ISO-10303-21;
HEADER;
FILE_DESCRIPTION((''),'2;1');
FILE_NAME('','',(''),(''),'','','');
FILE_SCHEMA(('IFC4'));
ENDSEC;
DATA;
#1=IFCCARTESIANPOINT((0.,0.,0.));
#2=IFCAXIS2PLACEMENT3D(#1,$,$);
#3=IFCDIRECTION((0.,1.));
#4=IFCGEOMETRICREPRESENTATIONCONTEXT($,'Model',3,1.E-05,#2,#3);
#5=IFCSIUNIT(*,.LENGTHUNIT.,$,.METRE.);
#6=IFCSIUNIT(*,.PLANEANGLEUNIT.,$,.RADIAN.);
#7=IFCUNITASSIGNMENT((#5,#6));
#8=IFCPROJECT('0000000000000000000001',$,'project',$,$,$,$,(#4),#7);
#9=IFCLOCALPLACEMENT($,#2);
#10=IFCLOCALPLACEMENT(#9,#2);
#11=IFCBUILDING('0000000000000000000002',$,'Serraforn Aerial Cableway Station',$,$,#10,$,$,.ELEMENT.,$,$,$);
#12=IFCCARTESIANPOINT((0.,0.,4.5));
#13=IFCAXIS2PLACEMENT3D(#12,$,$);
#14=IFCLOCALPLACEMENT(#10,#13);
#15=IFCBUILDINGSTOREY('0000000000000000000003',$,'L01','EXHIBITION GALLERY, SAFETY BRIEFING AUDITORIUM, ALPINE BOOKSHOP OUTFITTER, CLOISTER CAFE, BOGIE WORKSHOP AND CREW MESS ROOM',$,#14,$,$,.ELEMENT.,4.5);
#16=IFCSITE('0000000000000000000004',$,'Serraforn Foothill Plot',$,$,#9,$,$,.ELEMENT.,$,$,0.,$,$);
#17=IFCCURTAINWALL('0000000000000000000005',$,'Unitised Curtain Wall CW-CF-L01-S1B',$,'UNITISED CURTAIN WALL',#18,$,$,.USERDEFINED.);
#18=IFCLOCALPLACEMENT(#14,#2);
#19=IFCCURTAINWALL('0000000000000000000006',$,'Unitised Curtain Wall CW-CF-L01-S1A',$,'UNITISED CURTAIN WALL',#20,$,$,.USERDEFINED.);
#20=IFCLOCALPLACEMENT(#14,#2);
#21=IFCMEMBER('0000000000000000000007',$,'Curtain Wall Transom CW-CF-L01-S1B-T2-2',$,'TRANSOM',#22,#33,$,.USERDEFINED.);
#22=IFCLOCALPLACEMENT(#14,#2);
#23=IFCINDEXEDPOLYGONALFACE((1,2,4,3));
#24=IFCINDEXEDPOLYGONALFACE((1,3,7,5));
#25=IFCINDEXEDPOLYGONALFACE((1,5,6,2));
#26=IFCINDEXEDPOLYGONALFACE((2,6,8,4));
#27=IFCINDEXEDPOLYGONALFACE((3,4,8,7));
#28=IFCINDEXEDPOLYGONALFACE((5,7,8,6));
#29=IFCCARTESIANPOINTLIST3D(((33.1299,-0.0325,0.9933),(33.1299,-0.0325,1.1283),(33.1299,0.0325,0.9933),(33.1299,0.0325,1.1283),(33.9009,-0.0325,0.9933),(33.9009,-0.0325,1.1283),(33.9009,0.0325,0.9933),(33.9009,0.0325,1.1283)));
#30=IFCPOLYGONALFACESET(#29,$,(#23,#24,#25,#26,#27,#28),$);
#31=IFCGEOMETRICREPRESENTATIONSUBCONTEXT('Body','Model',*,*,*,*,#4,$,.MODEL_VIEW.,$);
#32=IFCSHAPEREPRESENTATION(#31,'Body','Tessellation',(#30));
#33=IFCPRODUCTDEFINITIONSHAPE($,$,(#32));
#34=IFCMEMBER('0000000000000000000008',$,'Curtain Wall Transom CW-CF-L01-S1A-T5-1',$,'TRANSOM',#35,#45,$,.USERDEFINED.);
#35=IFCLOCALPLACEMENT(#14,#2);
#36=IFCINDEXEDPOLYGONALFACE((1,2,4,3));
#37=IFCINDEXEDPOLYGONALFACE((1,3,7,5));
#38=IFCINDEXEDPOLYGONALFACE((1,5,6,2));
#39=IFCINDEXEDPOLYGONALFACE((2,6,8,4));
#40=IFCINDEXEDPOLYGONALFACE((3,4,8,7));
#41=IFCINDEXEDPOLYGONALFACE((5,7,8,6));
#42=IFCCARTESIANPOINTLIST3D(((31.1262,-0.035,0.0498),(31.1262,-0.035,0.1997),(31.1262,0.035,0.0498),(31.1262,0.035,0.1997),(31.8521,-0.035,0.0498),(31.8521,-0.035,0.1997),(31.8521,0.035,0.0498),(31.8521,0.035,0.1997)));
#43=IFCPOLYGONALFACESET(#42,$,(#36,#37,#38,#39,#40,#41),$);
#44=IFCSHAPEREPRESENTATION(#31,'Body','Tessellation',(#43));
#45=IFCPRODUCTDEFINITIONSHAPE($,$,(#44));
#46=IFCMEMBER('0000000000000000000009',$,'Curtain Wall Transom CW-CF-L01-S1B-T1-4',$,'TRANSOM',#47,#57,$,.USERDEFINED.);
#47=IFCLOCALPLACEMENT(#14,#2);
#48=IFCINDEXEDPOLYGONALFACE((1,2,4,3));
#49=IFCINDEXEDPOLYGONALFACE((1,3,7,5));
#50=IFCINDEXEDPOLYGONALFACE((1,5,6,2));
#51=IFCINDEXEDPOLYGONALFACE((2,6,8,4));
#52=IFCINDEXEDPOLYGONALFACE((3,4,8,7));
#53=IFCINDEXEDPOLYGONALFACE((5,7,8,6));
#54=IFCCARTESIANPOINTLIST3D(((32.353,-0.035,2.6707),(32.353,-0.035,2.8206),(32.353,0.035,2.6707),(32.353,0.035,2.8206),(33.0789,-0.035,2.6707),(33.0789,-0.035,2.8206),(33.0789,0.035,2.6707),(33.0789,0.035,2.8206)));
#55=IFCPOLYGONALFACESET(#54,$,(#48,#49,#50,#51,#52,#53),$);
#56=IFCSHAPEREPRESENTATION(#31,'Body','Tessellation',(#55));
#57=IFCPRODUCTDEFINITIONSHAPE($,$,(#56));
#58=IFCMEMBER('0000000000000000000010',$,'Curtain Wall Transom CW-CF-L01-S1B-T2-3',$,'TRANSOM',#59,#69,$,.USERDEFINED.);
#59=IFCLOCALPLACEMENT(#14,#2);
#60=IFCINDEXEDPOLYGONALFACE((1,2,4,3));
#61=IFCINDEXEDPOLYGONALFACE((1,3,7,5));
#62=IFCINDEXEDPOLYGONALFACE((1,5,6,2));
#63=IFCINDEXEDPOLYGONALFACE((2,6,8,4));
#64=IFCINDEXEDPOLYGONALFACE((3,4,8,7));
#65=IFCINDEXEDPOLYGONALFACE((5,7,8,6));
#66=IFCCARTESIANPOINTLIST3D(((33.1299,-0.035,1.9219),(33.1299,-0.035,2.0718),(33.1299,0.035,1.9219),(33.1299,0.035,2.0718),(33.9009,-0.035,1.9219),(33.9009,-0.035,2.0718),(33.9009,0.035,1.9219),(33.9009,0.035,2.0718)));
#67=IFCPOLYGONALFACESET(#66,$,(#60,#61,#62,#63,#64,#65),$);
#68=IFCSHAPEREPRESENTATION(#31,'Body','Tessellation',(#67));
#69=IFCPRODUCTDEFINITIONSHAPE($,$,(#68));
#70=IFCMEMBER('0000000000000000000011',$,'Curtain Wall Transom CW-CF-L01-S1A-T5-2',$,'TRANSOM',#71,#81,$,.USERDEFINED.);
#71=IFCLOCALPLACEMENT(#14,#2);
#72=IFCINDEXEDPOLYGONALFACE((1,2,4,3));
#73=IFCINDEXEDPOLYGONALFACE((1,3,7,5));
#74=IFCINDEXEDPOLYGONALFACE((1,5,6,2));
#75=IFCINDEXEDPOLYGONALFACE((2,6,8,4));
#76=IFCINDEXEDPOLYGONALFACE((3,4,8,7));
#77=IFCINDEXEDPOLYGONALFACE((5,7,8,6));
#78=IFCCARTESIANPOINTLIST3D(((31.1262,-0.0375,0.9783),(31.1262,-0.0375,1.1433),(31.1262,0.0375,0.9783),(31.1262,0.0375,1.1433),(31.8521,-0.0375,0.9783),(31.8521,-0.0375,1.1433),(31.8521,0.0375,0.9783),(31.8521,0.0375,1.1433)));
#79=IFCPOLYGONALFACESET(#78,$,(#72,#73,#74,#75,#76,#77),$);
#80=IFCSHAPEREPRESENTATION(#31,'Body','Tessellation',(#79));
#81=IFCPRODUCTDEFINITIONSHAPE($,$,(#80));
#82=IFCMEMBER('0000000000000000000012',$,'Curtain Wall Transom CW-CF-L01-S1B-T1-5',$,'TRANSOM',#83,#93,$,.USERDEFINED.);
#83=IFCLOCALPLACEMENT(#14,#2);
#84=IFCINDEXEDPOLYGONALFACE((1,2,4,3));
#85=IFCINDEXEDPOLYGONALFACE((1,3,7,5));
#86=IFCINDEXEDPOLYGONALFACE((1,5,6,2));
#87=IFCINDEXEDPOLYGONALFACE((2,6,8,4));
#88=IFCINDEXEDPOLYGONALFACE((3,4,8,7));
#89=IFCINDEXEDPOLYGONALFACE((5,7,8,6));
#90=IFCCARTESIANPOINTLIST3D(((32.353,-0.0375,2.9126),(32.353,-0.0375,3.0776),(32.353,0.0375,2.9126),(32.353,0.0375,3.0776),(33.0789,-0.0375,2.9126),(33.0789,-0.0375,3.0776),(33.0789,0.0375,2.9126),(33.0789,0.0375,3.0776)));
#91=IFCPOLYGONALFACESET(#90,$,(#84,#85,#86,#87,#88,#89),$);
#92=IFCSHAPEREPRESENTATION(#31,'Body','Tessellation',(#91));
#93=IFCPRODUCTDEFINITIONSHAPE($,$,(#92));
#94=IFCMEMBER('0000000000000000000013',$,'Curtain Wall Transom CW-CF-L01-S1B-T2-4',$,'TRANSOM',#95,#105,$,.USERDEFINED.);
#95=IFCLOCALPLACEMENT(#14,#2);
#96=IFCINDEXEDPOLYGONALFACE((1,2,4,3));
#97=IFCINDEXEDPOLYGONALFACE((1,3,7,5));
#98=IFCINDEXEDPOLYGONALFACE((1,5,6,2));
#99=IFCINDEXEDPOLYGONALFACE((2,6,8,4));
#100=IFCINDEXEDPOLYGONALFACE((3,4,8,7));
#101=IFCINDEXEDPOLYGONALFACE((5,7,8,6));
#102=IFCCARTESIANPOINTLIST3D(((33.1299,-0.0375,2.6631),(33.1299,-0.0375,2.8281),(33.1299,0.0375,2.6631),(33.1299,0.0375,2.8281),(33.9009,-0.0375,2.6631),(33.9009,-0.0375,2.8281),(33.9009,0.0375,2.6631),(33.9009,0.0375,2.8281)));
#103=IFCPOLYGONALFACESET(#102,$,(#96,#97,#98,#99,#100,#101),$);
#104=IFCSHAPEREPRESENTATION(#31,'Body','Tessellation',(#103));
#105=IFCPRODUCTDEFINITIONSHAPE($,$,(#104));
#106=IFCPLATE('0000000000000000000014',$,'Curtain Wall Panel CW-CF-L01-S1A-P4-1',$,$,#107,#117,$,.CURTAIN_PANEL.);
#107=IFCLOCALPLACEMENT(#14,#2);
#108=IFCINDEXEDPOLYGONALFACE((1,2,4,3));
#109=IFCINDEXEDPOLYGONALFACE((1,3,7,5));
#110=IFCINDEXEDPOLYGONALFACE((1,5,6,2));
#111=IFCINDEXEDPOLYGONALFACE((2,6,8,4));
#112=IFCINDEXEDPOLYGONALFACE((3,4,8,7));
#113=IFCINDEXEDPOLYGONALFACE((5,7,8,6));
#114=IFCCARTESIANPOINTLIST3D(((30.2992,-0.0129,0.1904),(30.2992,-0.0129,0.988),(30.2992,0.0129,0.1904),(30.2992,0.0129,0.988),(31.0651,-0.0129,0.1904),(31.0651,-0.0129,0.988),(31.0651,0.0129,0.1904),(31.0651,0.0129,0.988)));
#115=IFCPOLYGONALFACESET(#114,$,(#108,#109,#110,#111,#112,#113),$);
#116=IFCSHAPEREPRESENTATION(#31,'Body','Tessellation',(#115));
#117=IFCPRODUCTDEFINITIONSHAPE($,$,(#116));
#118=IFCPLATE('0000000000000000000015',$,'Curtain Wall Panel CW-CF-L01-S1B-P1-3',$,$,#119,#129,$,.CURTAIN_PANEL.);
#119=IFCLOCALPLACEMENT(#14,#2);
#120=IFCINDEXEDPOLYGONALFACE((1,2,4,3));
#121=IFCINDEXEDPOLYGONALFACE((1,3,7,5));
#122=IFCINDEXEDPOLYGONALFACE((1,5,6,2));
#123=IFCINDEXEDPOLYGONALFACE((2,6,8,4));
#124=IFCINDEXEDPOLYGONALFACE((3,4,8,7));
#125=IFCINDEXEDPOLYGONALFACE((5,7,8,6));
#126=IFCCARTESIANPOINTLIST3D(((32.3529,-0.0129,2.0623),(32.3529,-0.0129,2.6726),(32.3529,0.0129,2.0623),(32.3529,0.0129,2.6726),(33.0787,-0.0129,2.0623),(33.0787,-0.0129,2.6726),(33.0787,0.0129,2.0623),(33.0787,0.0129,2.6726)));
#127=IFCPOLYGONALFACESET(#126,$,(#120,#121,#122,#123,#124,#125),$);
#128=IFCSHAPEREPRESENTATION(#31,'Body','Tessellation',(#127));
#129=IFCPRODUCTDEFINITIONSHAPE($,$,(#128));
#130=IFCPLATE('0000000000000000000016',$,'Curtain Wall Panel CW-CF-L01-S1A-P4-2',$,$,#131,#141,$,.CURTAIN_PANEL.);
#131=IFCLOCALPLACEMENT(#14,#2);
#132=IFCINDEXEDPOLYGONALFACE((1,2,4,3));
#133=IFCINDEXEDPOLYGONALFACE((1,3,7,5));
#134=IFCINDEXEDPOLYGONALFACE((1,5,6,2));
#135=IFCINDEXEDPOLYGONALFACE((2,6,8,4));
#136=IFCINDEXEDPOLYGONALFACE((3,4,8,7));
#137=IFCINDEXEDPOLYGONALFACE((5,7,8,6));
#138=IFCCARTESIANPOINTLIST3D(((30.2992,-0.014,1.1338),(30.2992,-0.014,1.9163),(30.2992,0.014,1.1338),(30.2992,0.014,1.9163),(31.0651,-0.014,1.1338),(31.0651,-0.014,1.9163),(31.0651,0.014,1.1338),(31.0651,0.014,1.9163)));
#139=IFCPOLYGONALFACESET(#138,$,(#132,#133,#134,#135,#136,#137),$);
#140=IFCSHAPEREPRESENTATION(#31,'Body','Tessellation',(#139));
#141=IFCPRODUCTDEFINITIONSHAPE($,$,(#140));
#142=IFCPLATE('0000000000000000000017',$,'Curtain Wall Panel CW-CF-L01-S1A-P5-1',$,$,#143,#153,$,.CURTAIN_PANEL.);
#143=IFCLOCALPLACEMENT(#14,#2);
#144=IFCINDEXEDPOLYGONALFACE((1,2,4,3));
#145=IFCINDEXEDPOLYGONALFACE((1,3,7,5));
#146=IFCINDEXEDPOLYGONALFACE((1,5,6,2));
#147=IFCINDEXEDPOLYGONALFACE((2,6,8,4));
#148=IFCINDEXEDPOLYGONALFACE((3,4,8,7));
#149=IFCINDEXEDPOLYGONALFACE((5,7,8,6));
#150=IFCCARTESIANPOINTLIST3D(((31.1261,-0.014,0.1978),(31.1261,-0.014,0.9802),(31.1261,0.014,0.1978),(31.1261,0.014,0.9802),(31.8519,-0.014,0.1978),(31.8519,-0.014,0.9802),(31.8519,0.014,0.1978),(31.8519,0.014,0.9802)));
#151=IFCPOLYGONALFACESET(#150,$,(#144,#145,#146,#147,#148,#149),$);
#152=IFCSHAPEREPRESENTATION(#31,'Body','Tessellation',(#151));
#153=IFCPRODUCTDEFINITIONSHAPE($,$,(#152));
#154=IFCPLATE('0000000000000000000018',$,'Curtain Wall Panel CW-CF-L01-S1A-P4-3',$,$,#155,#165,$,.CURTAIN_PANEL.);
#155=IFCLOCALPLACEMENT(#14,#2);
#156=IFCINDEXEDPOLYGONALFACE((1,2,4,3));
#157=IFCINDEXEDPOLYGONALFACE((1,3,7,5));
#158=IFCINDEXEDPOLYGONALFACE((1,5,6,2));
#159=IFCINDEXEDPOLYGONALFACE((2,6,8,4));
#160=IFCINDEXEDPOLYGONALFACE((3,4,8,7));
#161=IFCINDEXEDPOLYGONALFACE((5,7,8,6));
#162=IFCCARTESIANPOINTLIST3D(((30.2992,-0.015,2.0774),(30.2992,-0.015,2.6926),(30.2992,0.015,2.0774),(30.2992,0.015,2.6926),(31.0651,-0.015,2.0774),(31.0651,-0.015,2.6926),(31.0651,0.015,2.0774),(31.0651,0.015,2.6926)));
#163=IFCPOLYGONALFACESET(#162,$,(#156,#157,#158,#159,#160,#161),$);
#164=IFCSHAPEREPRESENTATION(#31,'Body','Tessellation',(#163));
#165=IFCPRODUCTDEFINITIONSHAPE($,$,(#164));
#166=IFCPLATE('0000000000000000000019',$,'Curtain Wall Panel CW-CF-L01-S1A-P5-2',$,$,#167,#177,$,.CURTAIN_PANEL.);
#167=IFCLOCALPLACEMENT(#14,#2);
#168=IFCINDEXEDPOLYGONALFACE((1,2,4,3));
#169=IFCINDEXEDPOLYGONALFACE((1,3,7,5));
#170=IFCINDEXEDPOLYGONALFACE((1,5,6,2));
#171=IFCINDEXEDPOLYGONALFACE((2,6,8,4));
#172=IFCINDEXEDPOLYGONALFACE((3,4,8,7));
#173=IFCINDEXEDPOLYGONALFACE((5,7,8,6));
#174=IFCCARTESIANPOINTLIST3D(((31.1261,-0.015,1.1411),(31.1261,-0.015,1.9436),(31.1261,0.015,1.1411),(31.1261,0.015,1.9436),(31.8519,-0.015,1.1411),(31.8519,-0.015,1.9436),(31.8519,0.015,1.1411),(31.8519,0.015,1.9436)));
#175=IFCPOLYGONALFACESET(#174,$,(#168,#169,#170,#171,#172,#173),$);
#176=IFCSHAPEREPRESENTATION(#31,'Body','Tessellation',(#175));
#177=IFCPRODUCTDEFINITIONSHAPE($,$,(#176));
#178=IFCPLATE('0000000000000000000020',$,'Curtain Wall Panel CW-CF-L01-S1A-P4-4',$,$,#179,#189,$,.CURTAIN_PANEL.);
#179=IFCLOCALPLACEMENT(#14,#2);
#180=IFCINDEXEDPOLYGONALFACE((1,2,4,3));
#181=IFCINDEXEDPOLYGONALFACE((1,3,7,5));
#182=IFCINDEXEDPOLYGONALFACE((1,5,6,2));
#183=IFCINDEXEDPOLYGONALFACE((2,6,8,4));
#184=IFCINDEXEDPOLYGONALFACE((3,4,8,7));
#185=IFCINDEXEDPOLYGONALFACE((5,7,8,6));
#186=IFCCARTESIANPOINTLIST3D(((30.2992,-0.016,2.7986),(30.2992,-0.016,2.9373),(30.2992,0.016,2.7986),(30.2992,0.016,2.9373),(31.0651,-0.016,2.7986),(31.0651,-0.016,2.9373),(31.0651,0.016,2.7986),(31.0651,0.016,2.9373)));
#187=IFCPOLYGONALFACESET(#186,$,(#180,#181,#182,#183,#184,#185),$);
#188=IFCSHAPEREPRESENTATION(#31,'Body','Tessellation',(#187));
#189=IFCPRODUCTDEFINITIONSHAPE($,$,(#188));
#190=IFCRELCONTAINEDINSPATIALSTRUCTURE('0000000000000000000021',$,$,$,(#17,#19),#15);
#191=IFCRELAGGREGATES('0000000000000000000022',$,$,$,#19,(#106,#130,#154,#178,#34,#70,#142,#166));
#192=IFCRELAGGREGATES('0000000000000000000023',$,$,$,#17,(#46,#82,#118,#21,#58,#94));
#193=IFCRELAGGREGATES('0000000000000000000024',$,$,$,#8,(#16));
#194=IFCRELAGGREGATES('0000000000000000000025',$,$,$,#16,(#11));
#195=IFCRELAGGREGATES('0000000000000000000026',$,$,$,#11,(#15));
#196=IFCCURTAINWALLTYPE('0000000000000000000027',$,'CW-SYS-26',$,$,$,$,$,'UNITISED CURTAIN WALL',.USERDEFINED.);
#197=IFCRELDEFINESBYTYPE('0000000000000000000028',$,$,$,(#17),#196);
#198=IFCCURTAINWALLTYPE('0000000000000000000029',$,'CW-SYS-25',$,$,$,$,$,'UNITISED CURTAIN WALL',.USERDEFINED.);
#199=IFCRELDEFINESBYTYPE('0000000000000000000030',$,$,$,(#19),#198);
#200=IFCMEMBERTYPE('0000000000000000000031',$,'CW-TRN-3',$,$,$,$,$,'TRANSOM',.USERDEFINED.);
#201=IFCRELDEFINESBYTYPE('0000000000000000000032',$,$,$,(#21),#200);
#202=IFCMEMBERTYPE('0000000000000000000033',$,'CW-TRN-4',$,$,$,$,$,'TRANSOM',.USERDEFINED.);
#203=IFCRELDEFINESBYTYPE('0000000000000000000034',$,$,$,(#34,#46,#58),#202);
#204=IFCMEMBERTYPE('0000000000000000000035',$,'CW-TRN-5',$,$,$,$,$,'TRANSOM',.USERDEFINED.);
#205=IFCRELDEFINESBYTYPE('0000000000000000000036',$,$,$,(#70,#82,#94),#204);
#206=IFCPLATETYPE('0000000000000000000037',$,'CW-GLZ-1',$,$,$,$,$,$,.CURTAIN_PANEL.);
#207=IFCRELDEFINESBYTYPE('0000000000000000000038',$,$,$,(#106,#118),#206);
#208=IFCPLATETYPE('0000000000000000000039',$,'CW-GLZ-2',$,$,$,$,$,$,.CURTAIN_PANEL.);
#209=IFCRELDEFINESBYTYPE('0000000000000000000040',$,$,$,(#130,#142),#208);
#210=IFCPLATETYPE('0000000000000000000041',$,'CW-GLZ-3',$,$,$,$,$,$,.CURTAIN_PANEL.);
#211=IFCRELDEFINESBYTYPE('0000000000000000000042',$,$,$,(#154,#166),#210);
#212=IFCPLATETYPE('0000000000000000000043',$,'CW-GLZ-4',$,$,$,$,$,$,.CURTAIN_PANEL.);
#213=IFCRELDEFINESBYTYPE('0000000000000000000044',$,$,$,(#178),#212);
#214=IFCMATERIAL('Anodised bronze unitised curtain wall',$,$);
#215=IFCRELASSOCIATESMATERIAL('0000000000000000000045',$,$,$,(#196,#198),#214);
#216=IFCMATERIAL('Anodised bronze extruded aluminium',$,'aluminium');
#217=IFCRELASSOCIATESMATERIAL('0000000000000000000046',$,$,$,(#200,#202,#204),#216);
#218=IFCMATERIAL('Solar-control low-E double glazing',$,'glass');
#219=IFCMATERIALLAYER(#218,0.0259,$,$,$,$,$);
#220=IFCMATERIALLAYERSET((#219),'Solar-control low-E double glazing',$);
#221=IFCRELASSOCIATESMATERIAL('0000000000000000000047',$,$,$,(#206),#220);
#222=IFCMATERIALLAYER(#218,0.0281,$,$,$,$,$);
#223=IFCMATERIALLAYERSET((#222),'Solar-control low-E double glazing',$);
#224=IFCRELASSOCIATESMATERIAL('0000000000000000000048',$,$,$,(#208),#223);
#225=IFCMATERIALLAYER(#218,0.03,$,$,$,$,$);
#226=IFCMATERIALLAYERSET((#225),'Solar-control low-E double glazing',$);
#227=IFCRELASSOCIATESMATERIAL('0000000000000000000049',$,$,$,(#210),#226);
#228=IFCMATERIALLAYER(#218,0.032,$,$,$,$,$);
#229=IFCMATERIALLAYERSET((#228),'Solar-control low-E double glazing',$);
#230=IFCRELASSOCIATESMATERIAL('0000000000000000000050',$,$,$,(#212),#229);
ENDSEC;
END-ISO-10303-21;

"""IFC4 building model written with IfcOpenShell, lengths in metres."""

from ifc_helpers import new_model, si_unit, direction, frame, origin, origin_2d, place, context, subcontext, project, spatial, rectangle, extrude, material, layer, layer_set, material_profile, profile_set, type_object, element, aggregate, save


model = new_model("IFC4")

# Units and contexts
model_context = context("Model", 3, precision=1e-05, world=origin(), true_north=direction((0.0, 1.0)))
body_context = subcontext(model_context, "Body", "Model", "MODEL_VIEW")
ifc_project = project(units=[si_unit("LENGTHUNIT", "METRE"), si_unit("PLANEANGLEUNIT", "RADIAN")], contexts=[model_context])

# Site, building, storey
site_placement = place(None, origin())
site = spatial("IfcSite", under=ifc_project, at=site_placement, Name="Serraforn Foothill Plot", CompositionType="ELEMENT", RefElevation=0.0)
building_placement = place(site_placement, origin())
building = spatial("IfcBuilding", under=site, at=building_placement, Name="Serraforn Aerial Cableway Station", CompositionType="ELEMENT")
storey_placement = place(building_placement, frame((0.0, 0.0, 4.5)))
storey = spatial("IfcBuildingStorey", under=building, at=storey_placement, Name="L01", Description="EXHIBITION GALLERY, SAFETY BRIEFING AUDITORIUM, ALPINE BOOKSHOP OUTFITTER, CLOISTER CAFE, BOGIE WORKSHOP AND CREW MESS ROOM", CompositionType="ELEMENT", Elevation=4.5)

# Curtain wall
ifc_material_1 = material(Name="Anodised bronze unitised curtain wall")
curtain_wall_type_1 = type_object("IfcCurtainWallType", Name="CW-SYS-26", ElementType="UNITISED CURTAIN WALL", PredefinedType="USERDEFINED", material=ifc_material_1)
curtain_wall_1_placement = place(storey_placement, origin())
curtain_wall_1 = element("IfcCurtainWall", 1, at=curtain_wall_1_placement, inside=storey, type_object=curtain_wall_type_1, Name="Unitised Curtain Wall CW-CF-L01-S1B", ObjectType="UNITISED CURTAIN WALL", PredefinedType="USERDEFINED")
ifc_material_2 = material(Name="Anodised bronze extruded aluminium", Category="aluminium")

# Curtain wall
curtain_wall_type_2 = type_object("IfcCurtainWallType", Name="CW-SYS-25", ElementType="UNITISED CURTAIN WALL", PredefinedType="USERDEFINED", material=ifc_material_1)
curtain_wall_2_placement = place(storey_placement, origin())
curtain_wall_2 = element("IfcCurtainWall", 2, at=curtain_wall_2_placement, inside=storey, type_object=curtain_wall_type_2, Name="Unitised Curtain Wall CW-CF-L01-S1A", ObjectType="UNITISED CURTAIN WALL", PredefinedType="USERDEFINED")

# Members
ifc_material_profile_1 = material_profile(ifc_material_2, rectangle(XDim=0.0649, YDim=0.135, at=origin_2d()), Name="CW TRANSOM 65x135")
ifc_profile_set_1 = profile_set([ifc_material_profile_1], Name="Anodised bronze extruded aluminium")
member_type_1 = type_object("IfcMemberType", Name="CW-TRN-3", ElementType="TRANSOM", PredefinedType="USERDEFINED", material=ifc_profile_set_1)
member_1_placement = place(storey_placement, frame((33.1299, 0.0, 1.0608), z_axis=(1.0, 0.0, 0.0), x_axis=(0.0, 1.0, 0.0)))
member_1 = element("IfcMember", 3, at=member_1_placement, type_object=member_type_1, Name="Curtain Wall Transom CW-CF-L01-S1B-T2-2", ObjectType="TRANSOM", PredefinedType="USERDEFINED", context=body_context, shape_type="SweptSolid", body=[
    extrude(rectangle(XDim=0.0649, YDim=0.135, at=origin_2d()), origin(), (0.0, 0.0, 1.0), 0.771),
])
ifc_material_profile_2 = material_profile(ifc_material_2, rectangle(XDim=0.0701, YDim=0.1499, at=origin_2d()), Name="CW TRANSOM 70x150")
ifc_profile_set_2 = profile_set([ifc_material_profile_2], Name="Anodised bronze extruded aluminium")
member_type_2 = type_object("IfcMemberType", Name="CW-TRN-4", ElementType="TRANSOM", PredefinedType="USERDEFINED", material=ifc_profile_set_2)
member_2_placement = place(storey_placement, frame((31.1262, 0.0, 0.1248), z_axis=(1.0, 0.0, 0.0), x_axis=(0.0, 1.0, 0.0)))
member_2 = element("IfcMember", 4, at=member_2_placement, type_object=member_type_2, Name="Curtain Wall Transom CW-CF-L01-S1A-T5-1", ObjectType="TRANSOM", PredefinedType="USERDEFINED", context=body_context, shape_type="SweptSolid", body=[
    extrude(rectangle(XDim=0.0701, YDim=0.1499, at=origin_2d()), origin(), (0.0, 0.0, 1.0), 0.7258),
])
member_3_placement = place(storey_placement, frame((32.353, 0.0, 2.7456), z_axis=(1.0, 0.0, 0.0), x_axis=(0.0, 1.0, 0.0)))
member_3 = element("IfcMember", 5, at=member_3_placement, type_object=member_type_2, Name="Curtain Wall Transom CW-CF-L01-S1B-T1-4", ObjectType="TRANSOM", PredefinedType="USERDEFINED", context=body_context, shape_type="SweptSolid", body=[
    extrude(rectangle(XDim=0.0701, YDim=0.1499, at=origin_2d()), origin(), (0.0, 0.0, 1.0), 0.7258),
])
member_4_placement = place(storey_placement, frame((33.1299, 0.0, 1.9968), z_axis=(1.0, 0.0, 0.0), x_axis=(0.0, 1.0, 0.0)))
member_4 = element("IfcMember", 6, at=member_4_placement, type_object=member_type_2, Name="Curtain Wall Transom CW-CF-L01-S1B-T2-3", ObjectType="TRANSOM", PredefinedType="USERDEFINED", context=body_context, shape_type="SweptSolid", body=[
    extrude(rectangle(XDim=0.0701, YDim=0.1499, at=origin_2d()), origin(), (0.0, 0.0, 1.0), 0.771),
])
ifc_material_profile_3 = material_profile(ifc_material_2, rectangle(XDim=0.075, YDim=0.165, at=origin_2d()), Name="CW TRANSOM 75x165")
ifc_profile_set_3 = profile_set([ifc_material_profile_3], Name="Anodised bronze extruded aluminium")
member_type_3 = type_object("IfcMemberType", Name="CW-TRN-5", ElementType="TRANSOM", PredefinedType="USERDEFINED", material=ifc_profile_set_3)
member_5_placement = place(storey_placement, frame((31.1262, 0.0, 1.0608), z_axis=(1.0, 0.0, 0.0), x_axis=(0.0, 1.0, 0.0)))
member_5 = element("IfcMember", 7, at=member_5_placement, type_object=member_type_3, Name="Curtain Wall Transom CW-CF-L01-S1A-T5-2", ObjectType="TRANSOM", PredefinedType="USERDEFINED", context=body_context, shape_type="SweptSolid", body=[
    extrude(rectangle(XDim=0.075, YDim=0.165, at=origin_2d()), origin(), (0.0, 0.0, 1.0), 0.7258),
])
member_6_placement = place(storey_placement, frame((32.353, 0.0, 2.9951), z_axis=(1.0, 0.0, 0.0), x_axis=(0.0, 1.0, 0.0)))
member_6 = element("IfcMember", 8, at=member_6_placement, type_object=member_type_3, Name="Curtain Wall Transom CW-CF-L01-S1B-T1-5", ObjectType="TRANSOM", PredefinedType="USERDEFINED", context=body_context, shape_type="SweptSolid", body=[
    extrude(rectangle(XDim=0.075, YDim=0.165, at=origin_2d()), origin(), (0.0, 0.0, 1.0), 0.7258),
])
member_7_placement = place(storey_placement, frame((33.1299, 0.0, 2.7456), z_axis=(1.0, 0.0, 0.0), x_axis=(0.0, 1.0, 0.0)))
member_7 = element("IfcMember", 9, at=member_7_placement, type_object=member_type_3, Name="Curtain Wall Transom CW-CF-L01-S1B-T2-4", ObjectType="TRANSOM", PredefinedType="USERDEFINED", context=body_context, shape_type="SweptSolid", body=[
    extrude(rectangle(XDim=0.075, YDim=0.165, at=origin_2d()), origin(), (0.0, 0.0, 1.0), 0.771),
])

# Plates
ifc_material_3 = material(Name="Solar-control low-E double glazing", Category="glass")
ifc_layer_1 = layer(ifc_material_3, 0.0259)
ifc_layer_set_1 = layer_set([ifc_layer_1], Name="Solar-control low-E double glazing")
plate_type_1 = type_object("IfcPlateType", Name="CW-GLZ-1", PredefinedType="CURTAIN_PANEL", material=ifc_layer_set_1)
plate_1_placement = place(storey_placement, frame((30.6821, 0.0, 0.1904), z_axis=(0.0, 0.0, 1.0), x_axis=(1.0, 0.0, 0.0)))
plate_1 = element("IfcPlate", 10, at=plate_1_placement, type_object=plate_type_1, Name="Curtain Wall Panel CW-CF-L01-S1A-P4-1", PredefinedType="CURTAIN_PANEL", context=body_context, shape_type="SweptSolid", body=[
    extrude(rectangle(XDim=0.7659, YDim=0.0259, at=origin_2d()), origin(), (0.0, 0.0, 1.0), 0.7976),
])
plate_2_placement = place(storey_placement, frame((32.7158, 0.0, 2.0623), z_axis=(0.0, 0.0, 1.0), x_axis=(1.0, 0.0, 0.0)))
plate_2 = element("IfcPlate", 11, at=plate_2_placement, type_object=plate_type_1, Name="Curtain Wall Panel CW-CF-L01-S1B-P1-3", PredefinedType="CURTAIN_PANEL", context=body_context, shape_type="SweptSolid", body=[
    extrude(rectangle(XDim=0.7258, YDim=0.0259, at=origin_2d()), origin(), (0.0, 0.0, 1.0), 0.6104),
])
ifc_layer_2 = layer(ifc_material_3, 0.0281)
ifc_layer_set_2 = layer_set([ifc_layer_2], Name="Solar-control low-E double glazing")
plate_type_2 = type_object("IfcPlateType", Name="CW-GLZ-2", PredefinedType="CURTAIN_PANEL", material=ifc_layer_set_2)
plate_3_placement = place(storey_placement, frame((30.6821, 0.0, 1.1338), z_axis=(0.0, 0.0, 1.0), x_axis=(1.0, 0.0, 0.0)))
plate_3 = element("IfcPlate", 12, at=plate_3_placement, type_object=plate_type_2, Name="Curtain Wall Panel CW-CF-L01-S1A-P4-2", PredefinedType="CURTAIN_PANEL", context=body_context, shape_type="SweptSolid", body=[
    extrude(rectangle(XDim=0.7659, YDim=0.0281, at=origin_2d()), origin(), (0.0, 0.0, 1.0), 0.7825),
])
plate_4_placement = place(storey_placement, frame((31.489, 0.0, 0.1978), z_axis=(0.0, 0.0, 1.0), x_axis=(1.0, 0.0, 0.0)))
plate_4 = element("IfcPlate", 13, at=plate_4_placement, type_object=plate_type_2, Name="Curtain Wall Panel CW-CF-L01-S1A-P5-1", PredefinedType="CURTAIN_PANEL", context=body_context, shape_type="SweptSolid", body=[
    extrude(rectangle(XDim=0.7258, YDim=0.0281, at=origin_2d()), origin(), (0.0, 0.0, 1.0), 0.7825),
])
ifc_layer_3 = layer(ifc_material_3, 0.03)
ifc_layer_set_3 = layer_set([ifc_layer_3], Name="Solar-control low-E double glazing")
plate_type_3 = type_object("IfcPlateType", Name="CW-GLZ-3", PredefinedType="CURTAIN_PANEL", material=ifc_layer_set_3)
plate_5_placement = place(storey_placement, frame((30.6821, 0.0, 2.0774), z_axis=(0.0, 0.0, 1.0), x_axis=(1.0, 0.0, 0.0)))
plate_5 = element("IfcPlate", 14, at=plate_5_placement, type_object=plate_type_3, Name="Curtain Wall Panel CW-CF-L01-S1A-P4-3", PredefinedType="CURTAIN_PANEL", context=body_context, shape_type="SweptSolid", body=[
    extrude(rectangle(XDim=0.7659, YDim=0.03, at=origin_2d()), origin(), (0.0, 0.0, 1.0), 0.6152),
])
plate_6_placement = place(storey_placement, frame((31.489, 0.0, 1.1411), z_axis=(0.0, 0.0, 1.0), x_axis=(1.0, 0.0, 0.0)))
plate_6 = element("IfcPlate", 15, at=plate_6_placement, type_object=plate_type_3, Name="Curtain Wall Panel CW-CF-L01-S1A-P5-2", PredefinedType="CURTAIN_PANEL", context=body_context, shape_type="SweptSolid", body=[
    extrude(rectangle(XDim=0.7258, YDim=0.03, at=origin_2d()), origin(), (0.0, 0.0, 1.0), 0.8025),
])
ifc_layer_4 = layer(ifc_material_3, 0.032)
ifc_layer_set_4 = layer_set([ifc_layer_4], Name="Solar-control low-E double glazing")
plate_type_4 = type_object("IfcPlateType", Name="CW-GLZ-4", PredefinedType="CURTAIN_PANEL", material=ifc_layer_set_4)
plate_7_placement = place(storey_placement, frame((30.6821, 0.0, 2.7986), z_axis=(0.0, 0.0, 1.0), x_axis=(1.0, 0.0, 0.0)))
plate_7 = element("IfcPlate", 16, at=plate_7_placement, type_object=plate_type_4, Name="Curtain Wall Panel CW-CF-L01-S1A-P4-4", PredefinedType="CURTAIN_PANEL", context=body_context, shape_type="SweptSolid", body=[
    extrude(rectangle(XDim=0.7659, YDim=0.032, at=origin_2d()), origin(), (0.0, 0.0, 1.0), 0.1387),
])
aggregate(curtain_wall_2, [plate_1, plate_3, plate_5, plate_7, member_2, member_5, plate_4, plate_6])
aggregate(curtain_wall_1, [member_3, member_6, plate_2, member_1, member_4, member_7])

save(model, "model.ifc")
